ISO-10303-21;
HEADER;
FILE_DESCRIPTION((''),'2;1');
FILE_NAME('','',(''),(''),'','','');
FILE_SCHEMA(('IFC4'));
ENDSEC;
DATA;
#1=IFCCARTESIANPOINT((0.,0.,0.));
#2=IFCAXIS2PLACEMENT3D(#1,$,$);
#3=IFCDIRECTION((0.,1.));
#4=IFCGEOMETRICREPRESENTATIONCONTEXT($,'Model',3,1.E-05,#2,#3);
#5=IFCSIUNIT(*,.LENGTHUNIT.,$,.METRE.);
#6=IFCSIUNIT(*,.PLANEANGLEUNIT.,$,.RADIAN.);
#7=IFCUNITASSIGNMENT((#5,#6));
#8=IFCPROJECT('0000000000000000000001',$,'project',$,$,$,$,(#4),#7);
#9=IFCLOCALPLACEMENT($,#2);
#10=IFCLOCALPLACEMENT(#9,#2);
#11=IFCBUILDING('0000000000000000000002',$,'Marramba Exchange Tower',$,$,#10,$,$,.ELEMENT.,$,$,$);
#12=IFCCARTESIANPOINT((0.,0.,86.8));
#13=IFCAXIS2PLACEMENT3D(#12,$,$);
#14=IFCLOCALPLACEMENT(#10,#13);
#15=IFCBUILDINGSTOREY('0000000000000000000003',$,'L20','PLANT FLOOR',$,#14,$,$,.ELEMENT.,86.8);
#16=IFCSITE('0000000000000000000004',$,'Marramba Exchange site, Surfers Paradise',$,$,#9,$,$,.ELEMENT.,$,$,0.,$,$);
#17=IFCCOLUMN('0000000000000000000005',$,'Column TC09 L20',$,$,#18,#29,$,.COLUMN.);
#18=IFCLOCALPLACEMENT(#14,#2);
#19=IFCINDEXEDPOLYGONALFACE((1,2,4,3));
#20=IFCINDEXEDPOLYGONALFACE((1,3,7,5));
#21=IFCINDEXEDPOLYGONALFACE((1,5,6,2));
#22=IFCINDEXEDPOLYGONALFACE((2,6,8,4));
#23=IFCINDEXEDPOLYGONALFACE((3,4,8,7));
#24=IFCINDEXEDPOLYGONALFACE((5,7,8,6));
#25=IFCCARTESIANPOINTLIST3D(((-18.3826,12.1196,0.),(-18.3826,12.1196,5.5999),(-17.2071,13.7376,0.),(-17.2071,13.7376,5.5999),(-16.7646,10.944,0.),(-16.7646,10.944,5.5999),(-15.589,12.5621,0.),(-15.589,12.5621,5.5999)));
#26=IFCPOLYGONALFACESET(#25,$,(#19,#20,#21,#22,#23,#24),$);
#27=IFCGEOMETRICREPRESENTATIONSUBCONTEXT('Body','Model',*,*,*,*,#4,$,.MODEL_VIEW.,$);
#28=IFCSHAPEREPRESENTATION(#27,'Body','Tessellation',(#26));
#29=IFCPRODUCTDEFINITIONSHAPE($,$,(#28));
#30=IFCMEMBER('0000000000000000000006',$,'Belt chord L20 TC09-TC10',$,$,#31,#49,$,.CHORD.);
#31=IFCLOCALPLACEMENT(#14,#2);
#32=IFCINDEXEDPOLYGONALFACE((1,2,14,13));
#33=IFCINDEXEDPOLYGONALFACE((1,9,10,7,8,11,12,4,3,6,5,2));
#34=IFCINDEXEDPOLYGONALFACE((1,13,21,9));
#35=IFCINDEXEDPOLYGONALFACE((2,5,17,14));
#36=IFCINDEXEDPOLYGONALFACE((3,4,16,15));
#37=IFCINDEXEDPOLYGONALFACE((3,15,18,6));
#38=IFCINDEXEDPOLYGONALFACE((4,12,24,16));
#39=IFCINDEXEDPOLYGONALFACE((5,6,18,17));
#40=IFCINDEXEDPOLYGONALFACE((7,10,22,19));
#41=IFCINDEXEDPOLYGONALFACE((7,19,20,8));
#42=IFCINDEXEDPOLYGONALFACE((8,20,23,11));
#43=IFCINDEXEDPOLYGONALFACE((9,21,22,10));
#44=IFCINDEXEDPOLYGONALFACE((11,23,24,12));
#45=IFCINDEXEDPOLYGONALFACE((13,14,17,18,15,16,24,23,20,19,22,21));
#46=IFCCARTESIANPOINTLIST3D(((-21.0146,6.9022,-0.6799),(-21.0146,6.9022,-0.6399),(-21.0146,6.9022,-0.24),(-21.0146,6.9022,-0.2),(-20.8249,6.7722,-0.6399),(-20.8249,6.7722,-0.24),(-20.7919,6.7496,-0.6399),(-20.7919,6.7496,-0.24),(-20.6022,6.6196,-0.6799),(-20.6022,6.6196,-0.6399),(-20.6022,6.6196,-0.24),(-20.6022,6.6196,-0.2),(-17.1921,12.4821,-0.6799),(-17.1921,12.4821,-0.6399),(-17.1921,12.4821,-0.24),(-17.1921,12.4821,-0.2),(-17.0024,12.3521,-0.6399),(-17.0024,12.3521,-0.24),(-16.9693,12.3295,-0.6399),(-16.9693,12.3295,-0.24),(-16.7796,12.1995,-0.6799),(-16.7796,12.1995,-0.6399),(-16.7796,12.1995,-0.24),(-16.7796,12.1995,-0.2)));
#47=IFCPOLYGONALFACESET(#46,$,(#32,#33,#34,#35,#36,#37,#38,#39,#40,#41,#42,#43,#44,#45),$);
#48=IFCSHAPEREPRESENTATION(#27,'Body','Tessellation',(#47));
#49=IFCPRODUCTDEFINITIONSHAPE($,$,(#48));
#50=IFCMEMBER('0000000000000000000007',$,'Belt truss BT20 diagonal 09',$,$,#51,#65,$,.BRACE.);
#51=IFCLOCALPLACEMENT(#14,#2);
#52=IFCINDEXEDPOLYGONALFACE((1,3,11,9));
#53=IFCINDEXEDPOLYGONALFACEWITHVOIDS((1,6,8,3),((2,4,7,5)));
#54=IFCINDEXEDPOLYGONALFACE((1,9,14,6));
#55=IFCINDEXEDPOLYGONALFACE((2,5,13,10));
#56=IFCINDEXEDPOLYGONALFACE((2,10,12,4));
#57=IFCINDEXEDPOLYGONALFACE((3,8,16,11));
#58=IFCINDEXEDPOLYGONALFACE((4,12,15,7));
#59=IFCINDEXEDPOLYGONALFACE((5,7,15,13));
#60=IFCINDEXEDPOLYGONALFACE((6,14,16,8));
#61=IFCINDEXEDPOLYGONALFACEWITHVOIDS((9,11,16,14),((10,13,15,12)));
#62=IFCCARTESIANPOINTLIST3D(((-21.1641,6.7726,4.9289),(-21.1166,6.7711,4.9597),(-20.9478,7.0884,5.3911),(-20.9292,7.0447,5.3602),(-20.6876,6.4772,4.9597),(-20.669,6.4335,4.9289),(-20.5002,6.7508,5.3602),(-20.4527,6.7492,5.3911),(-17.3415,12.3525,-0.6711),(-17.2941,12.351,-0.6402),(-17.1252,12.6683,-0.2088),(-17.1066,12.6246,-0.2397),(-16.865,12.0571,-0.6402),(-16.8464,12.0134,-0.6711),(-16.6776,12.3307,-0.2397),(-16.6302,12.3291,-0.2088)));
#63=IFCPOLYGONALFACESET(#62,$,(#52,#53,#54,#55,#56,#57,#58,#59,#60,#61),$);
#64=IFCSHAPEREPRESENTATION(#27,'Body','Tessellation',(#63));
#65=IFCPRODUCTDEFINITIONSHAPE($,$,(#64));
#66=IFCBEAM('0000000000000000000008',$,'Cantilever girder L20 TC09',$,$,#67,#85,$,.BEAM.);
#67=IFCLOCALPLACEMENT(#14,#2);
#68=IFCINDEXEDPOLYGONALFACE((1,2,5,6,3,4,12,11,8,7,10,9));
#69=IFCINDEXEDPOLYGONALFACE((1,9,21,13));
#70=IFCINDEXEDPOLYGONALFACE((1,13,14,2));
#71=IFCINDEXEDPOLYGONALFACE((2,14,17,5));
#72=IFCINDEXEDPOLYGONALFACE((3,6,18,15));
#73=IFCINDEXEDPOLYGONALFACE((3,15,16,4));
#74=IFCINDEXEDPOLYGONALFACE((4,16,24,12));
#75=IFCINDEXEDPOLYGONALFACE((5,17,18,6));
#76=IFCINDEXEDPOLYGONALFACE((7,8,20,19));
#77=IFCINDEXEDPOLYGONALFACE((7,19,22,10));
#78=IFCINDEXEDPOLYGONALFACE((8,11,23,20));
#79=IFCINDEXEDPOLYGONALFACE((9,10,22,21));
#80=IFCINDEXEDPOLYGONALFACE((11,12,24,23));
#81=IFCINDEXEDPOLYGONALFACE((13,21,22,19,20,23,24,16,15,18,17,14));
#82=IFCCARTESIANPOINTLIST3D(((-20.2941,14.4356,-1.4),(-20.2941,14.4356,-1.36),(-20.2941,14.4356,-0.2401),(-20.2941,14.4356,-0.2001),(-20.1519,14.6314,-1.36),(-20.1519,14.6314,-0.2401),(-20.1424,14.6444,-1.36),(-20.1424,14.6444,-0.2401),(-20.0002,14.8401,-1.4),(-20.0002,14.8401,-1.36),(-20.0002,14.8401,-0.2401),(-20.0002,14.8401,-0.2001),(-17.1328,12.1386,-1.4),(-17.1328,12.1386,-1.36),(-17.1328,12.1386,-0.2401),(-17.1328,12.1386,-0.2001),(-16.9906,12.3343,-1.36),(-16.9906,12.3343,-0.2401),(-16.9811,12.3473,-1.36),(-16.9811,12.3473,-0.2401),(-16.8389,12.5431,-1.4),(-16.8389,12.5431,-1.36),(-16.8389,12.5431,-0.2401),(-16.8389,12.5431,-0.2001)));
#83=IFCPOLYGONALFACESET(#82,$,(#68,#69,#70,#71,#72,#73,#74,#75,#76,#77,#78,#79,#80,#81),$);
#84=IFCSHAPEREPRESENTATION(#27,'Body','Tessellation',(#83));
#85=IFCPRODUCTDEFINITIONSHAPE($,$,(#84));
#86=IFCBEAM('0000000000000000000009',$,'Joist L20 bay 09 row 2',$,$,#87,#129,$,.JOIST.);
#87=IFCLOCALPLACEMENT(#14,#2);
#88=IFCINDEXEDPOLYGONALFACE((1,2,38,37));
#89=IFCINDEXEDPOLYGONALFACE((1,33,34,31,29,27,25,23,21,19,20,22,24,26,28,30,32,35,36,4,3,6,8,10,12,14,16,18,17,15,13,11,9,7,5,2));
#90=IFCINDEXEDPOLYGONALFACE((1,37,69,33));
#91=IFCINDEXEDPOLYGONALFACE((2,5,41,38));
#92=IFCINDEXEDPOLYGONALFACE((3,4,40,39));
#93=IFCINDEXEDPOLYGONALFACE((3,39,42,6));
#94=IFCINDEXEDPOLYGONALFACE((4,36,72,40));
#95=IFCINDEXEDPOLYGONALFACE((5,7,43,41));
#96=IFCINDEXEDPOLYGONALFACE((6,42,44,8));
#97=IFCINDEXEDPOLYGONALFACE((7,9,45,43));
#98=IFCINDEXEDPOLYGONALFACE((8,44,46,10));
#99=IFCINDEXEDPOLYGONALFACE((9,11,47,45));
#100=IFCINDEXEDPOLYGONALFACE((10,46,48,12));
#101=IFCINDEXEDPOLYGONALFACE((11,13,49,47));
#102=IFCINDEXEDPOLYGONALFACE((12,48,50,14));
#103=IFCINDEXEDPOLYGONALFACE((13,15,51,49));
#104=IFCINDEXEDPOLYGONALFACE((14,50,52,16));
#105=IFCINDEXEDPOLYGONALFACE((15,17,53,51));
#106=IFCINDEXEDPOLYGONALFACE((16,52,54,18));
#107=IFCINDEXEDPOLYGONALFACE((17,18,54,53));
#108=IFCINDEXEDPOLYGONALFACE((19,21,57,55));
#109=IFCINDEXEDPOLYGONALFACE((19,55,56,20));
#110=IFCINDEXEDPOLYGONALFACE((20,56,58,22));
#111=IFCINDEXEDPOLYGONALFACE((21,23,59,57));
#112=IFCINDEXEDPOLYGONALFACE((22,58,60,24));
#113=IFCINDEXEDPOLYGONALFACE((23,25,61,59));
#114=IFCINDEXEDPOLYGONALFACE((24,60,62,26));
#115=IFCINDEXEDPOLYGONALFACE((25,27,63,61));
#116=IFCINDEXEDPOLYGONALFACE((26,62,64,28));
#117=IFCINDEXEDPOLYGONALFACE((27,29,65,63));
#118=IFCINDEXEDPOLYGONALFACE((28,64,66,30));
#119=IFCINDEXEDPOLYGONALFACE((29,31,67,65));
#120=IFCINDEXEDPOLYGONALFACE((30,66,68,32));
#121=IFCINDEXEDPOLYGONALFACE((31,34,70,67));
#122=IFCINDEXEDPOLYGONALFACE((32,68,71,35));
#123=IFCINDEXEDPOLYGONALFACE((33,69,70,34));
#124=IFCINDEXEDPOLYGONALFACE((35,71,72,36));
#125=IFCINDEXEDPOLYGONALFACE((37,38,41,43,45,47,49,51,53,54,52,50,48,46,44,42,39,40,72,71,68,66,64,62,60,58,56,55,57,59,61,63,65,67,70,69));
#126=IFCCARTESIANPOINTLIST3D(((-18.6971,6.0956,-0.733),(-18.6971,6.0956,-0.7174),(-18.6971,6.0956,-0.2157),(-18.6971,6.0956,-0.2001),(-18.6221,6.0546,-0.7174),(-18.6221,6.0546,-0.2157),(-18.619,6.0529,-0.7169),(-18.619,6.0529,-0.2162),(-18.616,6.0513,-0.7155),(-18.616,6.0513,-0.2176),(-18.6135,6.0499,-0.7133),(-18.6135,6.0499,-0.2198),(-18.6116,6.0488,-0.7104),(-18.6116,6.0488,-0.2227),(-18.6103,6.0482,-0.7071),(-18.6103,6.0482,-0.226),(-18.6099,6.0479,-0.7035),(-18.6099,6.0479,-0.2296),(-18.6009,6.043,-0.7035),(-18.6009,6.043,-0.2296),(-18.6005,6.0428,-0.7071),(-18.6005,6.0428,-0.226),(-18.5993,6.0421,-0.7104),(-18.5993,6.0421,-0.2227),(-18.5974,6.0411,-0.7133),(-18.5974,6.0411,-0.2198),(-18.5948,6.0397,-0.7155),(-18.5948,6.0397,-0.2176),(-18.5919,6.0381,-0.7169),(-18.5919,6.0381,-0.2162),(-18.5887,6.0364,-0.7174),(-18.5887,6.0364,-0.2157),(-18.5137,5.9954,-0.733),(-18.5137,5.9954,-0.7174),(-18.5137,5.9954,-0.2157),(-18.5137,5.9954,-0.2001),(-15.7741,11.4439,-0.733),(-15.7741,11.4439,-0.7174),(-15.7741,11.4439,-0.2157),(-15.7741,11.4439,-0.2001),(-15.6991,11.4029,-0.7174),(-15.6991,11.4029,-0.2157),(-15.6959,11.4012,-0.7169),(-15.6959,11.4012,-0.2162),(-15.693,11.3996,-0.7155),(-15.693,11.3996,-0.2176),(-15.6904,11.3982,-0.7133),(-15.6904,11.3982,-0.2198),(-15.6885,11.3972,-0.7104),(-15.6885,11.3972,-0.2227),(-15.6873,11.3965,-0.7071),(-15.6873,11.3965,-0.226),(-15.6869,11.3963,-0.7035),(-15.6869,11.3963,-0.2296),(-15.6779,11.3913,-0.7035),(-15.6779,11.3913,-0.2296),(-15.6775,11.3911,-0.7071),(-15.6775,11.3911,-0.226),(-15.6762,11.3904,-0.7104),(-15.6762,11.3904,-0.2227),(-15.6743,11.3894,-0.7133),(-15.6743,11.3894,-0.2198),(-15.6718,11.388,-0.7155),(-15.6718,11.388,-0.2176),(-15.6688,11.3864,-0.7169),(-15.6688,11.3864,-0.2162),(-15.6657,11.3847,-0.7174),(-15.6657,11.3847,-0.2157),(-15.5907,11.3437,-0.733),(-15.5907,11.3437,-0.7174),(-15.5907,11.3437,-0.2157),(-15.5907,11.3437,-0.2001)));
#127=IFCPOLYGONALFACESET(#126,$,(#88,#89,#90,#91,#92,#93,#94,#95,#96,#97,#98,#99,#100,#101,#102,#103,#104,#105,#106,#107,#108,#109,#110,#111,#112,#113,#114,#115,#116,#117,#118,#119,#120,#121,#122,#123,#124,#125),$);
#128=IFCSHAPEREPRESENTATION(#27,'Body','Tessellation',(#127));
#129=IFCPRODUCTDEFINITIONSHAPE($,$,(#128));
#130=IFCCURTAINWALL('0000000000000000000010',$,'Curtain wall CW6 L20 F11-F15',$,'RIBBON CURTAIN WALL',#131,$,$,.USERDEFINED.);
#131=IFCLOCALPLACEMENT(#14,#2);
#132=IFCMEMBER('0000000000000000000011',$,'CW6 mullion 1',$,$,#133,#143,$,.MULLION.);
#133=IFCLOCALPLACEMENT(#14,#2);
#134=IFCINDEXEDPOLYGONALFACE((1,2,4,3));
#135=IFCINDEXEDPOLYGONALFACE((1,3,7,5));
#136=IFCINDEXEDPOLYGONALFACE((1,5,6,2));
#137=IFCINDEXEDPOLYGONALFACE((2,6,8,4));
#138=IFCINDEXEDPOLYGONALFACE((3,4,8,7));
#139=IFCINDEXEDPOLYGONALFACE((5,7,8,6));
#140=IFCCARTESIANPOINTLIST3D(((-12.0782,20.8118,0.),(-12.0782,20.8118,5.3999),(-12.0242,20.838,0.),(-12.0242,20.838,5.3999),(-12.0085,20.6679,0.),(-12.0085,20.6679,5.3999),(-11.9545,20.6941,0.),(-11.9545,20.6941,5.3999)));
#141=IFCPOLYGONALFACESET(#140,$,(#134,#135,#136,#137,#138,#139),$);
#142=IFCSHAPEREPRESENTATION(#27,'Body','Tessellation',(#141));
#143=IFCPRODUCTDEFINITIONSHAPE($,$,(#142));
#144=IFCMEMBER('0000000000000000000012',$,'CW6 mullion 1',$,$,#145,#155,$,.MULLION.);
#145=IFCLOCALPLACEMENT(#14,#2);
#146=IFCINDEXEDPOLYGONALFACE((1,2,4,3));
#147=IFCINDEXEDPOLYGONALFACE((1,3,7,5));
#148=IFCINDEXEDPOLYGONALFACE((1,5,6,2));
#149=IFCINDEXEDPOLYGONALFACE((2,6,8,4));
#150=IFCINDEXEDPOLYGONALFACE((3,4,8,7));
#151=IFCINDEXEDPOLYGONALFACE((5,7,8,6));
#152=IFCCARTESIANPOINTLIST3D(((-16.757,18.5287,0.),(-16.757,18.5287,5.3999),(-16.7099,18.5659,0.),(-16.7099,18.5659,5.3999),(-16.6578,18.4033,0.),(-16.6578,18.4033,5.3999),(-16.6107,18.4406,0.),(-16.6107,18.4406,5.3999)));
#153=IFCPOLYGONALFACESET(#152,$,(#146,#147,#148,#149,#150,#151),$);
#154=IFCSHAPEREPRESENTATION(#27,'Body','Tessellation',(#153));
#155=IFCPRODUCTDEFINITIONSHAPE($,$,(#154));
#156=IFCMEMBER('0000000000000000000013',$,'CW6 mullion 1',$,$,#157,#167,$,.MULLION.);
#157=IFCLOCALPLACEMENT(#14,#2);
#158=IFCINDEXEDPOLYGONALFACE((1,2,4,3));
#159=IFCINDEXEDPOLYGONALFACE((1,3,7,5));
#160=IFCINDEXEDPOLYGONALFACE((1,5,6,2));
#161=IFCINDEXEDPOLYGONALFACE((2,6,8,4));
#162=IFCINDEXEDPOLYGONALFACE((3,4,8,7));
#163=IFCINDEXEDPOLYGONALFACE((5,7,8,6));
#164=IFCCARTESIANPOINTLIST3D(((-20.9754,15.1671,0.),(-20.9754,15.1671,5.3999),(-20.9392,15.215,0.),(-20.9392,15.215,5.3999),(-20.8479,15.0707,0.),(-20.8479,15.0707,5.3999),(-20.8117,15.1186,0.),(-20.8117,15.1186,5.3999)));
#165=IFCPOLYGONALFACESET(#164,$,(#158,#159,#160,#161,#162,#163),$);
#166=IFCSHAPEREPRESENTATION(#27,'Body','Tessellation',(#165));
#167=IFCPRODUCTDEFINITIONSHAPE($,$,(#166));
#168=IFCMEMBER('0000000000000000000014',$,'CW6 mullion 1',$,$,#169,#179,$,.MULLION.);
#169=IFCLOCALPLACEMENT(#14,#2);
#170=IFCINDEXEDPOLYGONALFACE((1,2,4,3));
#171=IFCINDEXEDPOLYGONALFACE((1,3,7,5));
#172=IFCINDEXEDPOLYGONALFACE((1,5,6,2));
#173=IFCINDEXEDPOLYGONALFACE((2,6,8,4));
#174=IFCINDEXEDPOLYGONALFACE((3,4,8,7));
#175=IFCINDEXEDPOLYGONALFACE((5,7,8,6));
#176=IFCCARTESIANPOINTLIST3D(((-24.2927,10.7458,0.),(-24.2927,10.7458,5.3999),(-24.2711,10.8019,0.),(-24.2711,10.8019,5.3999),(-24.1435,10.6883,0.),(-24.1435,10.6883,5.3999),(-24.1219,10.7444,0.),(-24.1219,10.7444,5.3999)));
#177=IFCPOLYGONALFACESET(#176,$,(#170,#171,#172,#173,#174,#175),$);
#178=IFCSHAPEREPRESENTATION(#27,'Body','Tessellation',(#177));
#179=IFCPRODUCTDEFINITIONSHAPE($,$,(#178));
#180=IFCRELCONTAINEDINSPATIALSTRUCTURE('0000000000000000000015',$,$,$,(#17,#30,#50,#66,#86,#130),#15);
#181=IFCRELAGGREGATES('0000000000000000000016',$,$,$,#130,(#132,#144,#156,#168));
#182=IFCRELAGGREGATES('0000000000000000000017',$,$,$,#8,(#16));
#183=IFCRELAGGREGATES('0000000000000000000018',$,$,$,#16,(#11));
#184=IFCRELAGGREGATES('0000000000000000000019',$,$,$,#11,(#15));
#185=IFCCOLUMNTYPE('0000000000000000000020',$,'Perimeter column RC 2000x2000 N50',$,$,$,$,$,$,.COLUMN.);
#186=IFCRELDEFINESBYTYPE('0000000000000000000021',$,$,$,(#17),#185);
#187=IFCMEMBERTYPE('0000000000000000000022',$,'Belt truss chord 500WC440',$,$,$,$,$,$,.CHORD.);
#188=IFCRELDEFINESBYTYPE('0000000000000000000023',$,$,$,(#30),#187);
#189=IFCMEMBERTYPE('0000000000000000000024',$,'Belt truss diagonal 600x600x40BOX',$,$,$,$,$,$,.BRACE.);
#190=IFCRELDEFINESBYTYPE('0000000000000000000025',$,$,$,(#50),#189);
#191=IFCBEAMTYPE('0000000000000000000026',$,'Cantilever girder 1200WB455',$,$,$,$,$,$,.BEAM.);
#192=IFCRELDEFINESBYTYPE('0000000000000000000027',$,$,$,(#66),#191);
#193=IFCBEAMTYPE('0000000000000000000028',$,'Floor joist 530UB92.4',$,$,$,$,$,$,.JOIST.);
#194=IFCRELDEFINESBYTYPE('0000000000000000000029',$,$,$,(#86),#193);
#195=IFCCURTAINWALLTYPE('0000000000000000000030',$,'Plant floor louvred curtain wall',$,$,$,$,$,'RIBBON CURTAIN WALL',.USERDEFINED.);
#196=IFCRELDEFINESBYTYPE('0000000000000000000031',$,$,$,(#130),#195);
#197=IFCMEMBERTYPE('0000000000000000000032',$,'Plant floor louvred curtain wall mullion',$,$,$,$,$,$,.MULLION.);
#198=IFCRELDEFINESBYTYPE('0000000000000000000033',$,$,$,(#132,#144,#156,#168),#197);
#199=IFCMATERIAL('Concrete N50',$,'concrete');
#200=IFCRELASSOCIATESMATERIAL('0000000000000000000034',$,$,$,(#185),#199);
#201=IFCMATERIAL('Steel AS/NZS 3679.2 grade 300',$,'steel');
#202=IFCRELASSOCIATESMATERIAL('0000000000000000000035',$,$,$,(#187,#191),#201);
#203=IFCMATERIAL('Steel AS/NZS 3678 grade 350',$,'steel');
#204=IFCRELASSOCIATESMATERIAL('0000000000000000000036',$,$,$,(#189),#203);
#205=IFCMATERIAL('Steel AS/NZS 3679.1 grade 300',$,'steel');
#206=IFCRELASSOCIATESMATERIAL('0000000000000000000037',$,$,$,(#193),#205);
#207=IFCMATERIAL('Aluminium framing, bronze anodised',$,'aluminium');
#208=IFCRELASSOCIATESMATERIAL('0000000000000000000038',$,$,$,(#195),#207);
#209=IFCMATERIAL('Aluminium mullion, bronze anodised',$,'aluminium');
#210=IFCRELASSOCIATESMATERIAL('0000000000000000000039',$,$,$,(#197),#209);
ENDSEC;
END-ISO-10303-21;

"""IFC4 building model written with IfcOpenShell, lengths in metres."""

from ifc_helpers import new_model, si_unit, direction, frame, origin, origin_2d, place, context, subcontext, project, spatial, rectangle, hollow_rectangle, i_section, extrude, material, material_profile, profile_set, type_object, element, aggregate, save


model = new_model("IFC4")

# Units and contexts
model_context = context("Model", 3, precision=1e-05, world=origin(), true_north=direction((0.0, 1.0)))
body_context = subcontext(model_context, "Body", "Model", "MODEL_VIEW")
ifc_project = project(units=[si_unit("LENGTHUNIT", "METRE"), si_unit("PLANEANGLEUNIT", "RADIAN")], contexts=[model_context])

# Site, building, storey
site_placement = place(None, origin())
site = spatial("IfcSite", under=ifc_project, at=site_placement, Name="Marramba Exchange site, Surfers Paradise", CompositionType="ELEMENT", RefElevation=0.0)
building_placement = place(site_placement, origin())
building = spatial("IfcBuilding", under=site, at=building_placement, Name="Marramba Exchange Tower", CompositionType="ELEMENT")
storey_placement = place(building_placement, frame((0.0, 0.0, 86.8)))
storey = spatial("IfcBuildingStorey", under=building, at=storey_placement, Name="L20", Description="PLANT FLOOR", CompositionType="ELEMENT", Elevation=86.8)

# Column
ifc_material_1 = material(Name="Concrete N50", Category="concrete")
ifc_material_profile_1 = material_profile(ifc_material_1, rectangle(XDim=2.0, YDim=2.0, at=origin_2d()), Name="RC 2000x2000")
ifc_profile_set_1 = profile_set([ifc_material_profile_1], Name="Concrete N50")
column_type = type_object("IfcColumnType", Name="Perimeter column RC 2000x2000 N50", PredefinedType="COLUMN", material=ifc_profile_set_1)
column_placement = place(storey_placement, frame((-16.9858, 12.3408, 0.0), z_axis=(0.0, 0.0, 1.0), x_axis=(-0.809017, 0.587785, 0.0)))
element("IfcColumn", 1, at=column_placement, inside=storey, type_object=column_type, Name="Column TC09 L20", PredefinedType="COLUMN", context=body_context, shape_type="SweptSolid", body=[
    extrude(rectangle(XDim=2.0, YDim=2.0, at=origin_2d()), origin(), (0.0, 0.0, 1.0), 5.5999),
])

# Members
ifc_material_2 = material(Name="Steel AS/NZS 3679.2 grade 300", Category="steel")
ifc_material_profile_2 = material_profile(ifc_material_2, i_section(OverallWidth=0.5, OverallDepth=0.48, WebThickness=0.04, FlangeThickness=0.04, at=origin_2d()), Name="500WC440")
ifc_profile_set_2 = profile_set([ifc_material_profile_2], Name="Steel AS/NZS 3679.2 grade 300")
member_type_1 = type_object("IfcMemberType", Name="Belt truss chord 500WC440", PredefinedType="CHORD", material=ifc_profile_set_2)
member_1_placement = place(storey_placement, frame((-16.9858, 12.3408, -0.4399), z_axis=(-0.56516, -0.824981, 0.0), x_axis=(0.824981, -0.56516, 0.0)))
element("IfcMember", 2, at=member_1_placement, inside=storey, type_object=member_type_1, Name="Belt chord L20 TC09-TC10", PredefinedType="CHORD", context=body_context, shape_type="SweptSolid", body=[
    extrude(i_section(OverallWidth=0.5, OverallDepth=0.48, WebThickness=0.04, FlangeThickness=0.04, at=origin_2d()), origin(), (0.0, 0.0, 1.0), 6.7637),
])
ifc_material_3 = material(Name="Steel AS/NZS 3678 grade 350", Category="steel")
ifc_material_profile_3 = material_profile(ifc_material_3, hollow_rectangle(XDim=0.6001, YDim=0.6001, WallThickness=0.04, at=origin_2d()), Name="600x600x40BOX")
ifc_profile_set_3 = profile_set([ifc_material_profile_3], Name="Steel AS/NZS 3678 grade 350")
member_type_2 = type_object("IfcMemberType", Name="Belt truss diagonal 600x600x40BOX", PredefinedType="BRACE", material=ifc_profile_set_3)
member_2_placement = place(storey_placement, frame((-16.9858, 12.3408, -0.4399), z_axis=(-0.43532, -0.63545, 0.63773), x_axis=(0.824981, -0.56516, 0.0)))
element("IfcMember", 3, at=member_2_placement, inside=storey, type_object=member_type_2, Name="Belt truss BT20 diagonal 09", PredefinedType="BRACE", context=body_context, shape_type="SweptSolid", body=[
    extrude(hollow_rectangle(XDim=0.6001, YDim=0.6001, WallThickness=0.04, at=origin_2d()), origin(), (0.0, 0.0, 1.0), 8.781),
])

# Beams
ifc_material_profile_4 = material_profile(ifc_material_2, i_section(OverallWidth=0.5, OverallDepth=1.2, WebThickness=0.0161, FlangeThickness=0.04, at=origin_2d()), Name="1200WB455")
ifc_profile_set_4 = profile_set([ifc_material_profile_4], Name="Steel AS/NZS 3679.2 grade 300")
beam_type_1 = type_object("IfcBeamType", Name="Cantilever girder 1200WB455", PredefinedType="BEAM", material=ifc_profile_set_4)
beam_1_placement = place(storey_placement, frame((-16.9858, 12.3408, -0.8), z_axis=(-0.808987, 0.587826, 0.0), x_axis=(-0.587826, -0.808987, 0.0)))
element("IfcBeam", 4, at=beam_1_placement, inside=storey, type_object=beam_type_1, Name="Cantilever girder L20 TC09", PredefinedType="BEAM", context=body_context, shape_type="SweptSolid", body=[
    extrude(i_section(OverallWidth=0.5, OverallDepth=1.2, WebThickness=0.0161, FlangeThickness=0.04, at=origin_2d()), origin(), (0.0, 0.0, 1.0), 3.9077),
])
ifc_material_4 = material(Name="Steel AS/NZS 3679.1 grade 300", Category="steel")
ifc_material_profile_5 = material_profile(ifc_material_4, i_section(OverallWidth=0.209, OverallDepth=0.533, WebThickness=0.0103, FlangeThickness=0.0156, FilletRadius=0.0139, at=origin_2d()), Name="530UB92.4")
ifc_profile_set_5 = profile_set([ifc_material_profile_5], Name="Steel AS/NZS 3679.1 grade 300")
beam_type_2 = type_object("IfcBeamType", Name="Floor joist 530UB92.4", PredefinedType="JOIST", material=ifc_profile_set_5)
beam_2_placement = place(storey_placement, frame((-15.6824, 11.3938, -0.4666), z_axis=(-0.479584, -0.877496, 0.0), x_axis=(0.877496, -0.479584, 0.0)))
element("IfcBeam", 5, at=beam_2_placement, inside=storey, type_object=beam_type_2, Name="Joist L20 bay 09 row 2", PredefinedType="JOIST", context=body_context, shape_type="SweptSolid", body=[
    extrude(i_section(OverallWidth=0.209, OverallDepth=0.533, WebThickness=0.0103, FlangeThickness=0.0156, FilletRadius=0.0139, at=origin_2d()), origin(), (0.0, 0.0, 1.0), 6.095),
])

# Curtain wall, members
ifc_material_5 = material(Name="Aluminium framing, bronze anodised", Category="aluminium")
curtain_wall_type = type_object("IfcCurtainWallType", Name="Plant floor louvred curtain wall", ElementType="RIBBON CURTAIN WALL", PredefinedType="USERDEFINED", material=ifc_material_5)
curtain_wall_placement = place(storey_placement, origin())
curtain_wall = element("IfcCurtainWall", 6, at=curtain_wall_placement, inside=storey, type_object=curtain_wall_type, Name="Curtain wall CW6 L20 F11-F15", ObjectType="RIBBON CURTAIN WALL", PredefinedType="USERDEFINED")
ifc_material_6 = material(Name="Aluminium mullion, bronze anodised", Category="aluminium")
ifc_material_profile_6 = material_profile(ifc_material_6, rectangle(XDim=0.1599, YDim=0.0601, at=origin_2d()), Name="CW6 mullion 60x160")
ifc_profile_set_6 = profile_set([ifc_material_profile_6], Name="Aluminium mullion, bronze anodised")
member_type_3 = type_object("IfcMemberType", Name="Plant floor louvred curtain wall mullion", PredefinedType="MULLION", material=ifc_profile_set_6)
member_3_placement = place(storey_placement, frame((-12.0164, 20.7529, 0.0), z_axis=(0.0, 0.0, 1.0), x_axis=(0.435965, -0.899963, 0.0)))
member_3 = element("IfcMember", 7, at=member_3_placement, type_object=member_type_3, Name="CW6 mullion 1", PredefinedType="MULLION", context=body_context, shape_type="SweptSolid", body=[
    extrude(rectangle(XDim=0.1599, YDim=0.0601, at=origin_2d()), origin(), (0.0, 0.0, 1.0), 5.3999),
])
member_4_placement = place(storey_placement, frame((-16.6838, 18.4846, 0.0), z_axis=(0.0, 0.0, 1.0), x_axis=(0.62065, -0.784088, 0.0)))
member_4 = element("IfcMember", 8, at=member_4_placement, type_object=member_type_3, Name="CW6 mullion 1", PredefinedType="MULLION", context=body_context, shape_type="SweptSolid", body=[
    extrude(rectangle(XDim=0.1599, YDim=0.0601, at=origin_2d()), origin(), (0.0, 0.0, 1.0), 5.3999),
])
member_5_placement = place(storey_placement, frame((-20.8936, 15.1428, 0.0), z_axis=(0.0, 0.0, 1.0), x_axis=(0.797749, -0.60299, 0.0)))
member_5 = element("IfcMember", 9, at=member_5_placement, type_object=member_type_3, Name="CW6 mullion 1", PredefinedType="MULLION", context=body_context, shape_type="SweptSolid", body=[
    extrude(rectangle(XDim=0.1599, YDim=0.0601, at=origin_2d()), origin(), (0.0, 0.0, 1.0), 5.3999),
])
member_6_placement = place(storey_placement, frame((-24.2073, 10.7451, 0.0), z_axis=(0.0, 0.0, 1.0), x_axis=(0.933135, -0.359526, 0.0)))
member_6 = element("IfcMember", 10, at=member_6_placement, type_object=member_type_3, Name="CW6 mullion 1", PredefinedType="MULLION", context=body_context, shape_type="SweptSolid", body=[
    extrude(rectangle(XDim=0.1599, YDim=0.0601, at=origin_2d()), origin(), (0.0, 0.0, 1.0), 5.3999),
])

aggregate(curtain_wall, [member_3, member_4, member_5, member_6])

save(model, "model.ifc")
